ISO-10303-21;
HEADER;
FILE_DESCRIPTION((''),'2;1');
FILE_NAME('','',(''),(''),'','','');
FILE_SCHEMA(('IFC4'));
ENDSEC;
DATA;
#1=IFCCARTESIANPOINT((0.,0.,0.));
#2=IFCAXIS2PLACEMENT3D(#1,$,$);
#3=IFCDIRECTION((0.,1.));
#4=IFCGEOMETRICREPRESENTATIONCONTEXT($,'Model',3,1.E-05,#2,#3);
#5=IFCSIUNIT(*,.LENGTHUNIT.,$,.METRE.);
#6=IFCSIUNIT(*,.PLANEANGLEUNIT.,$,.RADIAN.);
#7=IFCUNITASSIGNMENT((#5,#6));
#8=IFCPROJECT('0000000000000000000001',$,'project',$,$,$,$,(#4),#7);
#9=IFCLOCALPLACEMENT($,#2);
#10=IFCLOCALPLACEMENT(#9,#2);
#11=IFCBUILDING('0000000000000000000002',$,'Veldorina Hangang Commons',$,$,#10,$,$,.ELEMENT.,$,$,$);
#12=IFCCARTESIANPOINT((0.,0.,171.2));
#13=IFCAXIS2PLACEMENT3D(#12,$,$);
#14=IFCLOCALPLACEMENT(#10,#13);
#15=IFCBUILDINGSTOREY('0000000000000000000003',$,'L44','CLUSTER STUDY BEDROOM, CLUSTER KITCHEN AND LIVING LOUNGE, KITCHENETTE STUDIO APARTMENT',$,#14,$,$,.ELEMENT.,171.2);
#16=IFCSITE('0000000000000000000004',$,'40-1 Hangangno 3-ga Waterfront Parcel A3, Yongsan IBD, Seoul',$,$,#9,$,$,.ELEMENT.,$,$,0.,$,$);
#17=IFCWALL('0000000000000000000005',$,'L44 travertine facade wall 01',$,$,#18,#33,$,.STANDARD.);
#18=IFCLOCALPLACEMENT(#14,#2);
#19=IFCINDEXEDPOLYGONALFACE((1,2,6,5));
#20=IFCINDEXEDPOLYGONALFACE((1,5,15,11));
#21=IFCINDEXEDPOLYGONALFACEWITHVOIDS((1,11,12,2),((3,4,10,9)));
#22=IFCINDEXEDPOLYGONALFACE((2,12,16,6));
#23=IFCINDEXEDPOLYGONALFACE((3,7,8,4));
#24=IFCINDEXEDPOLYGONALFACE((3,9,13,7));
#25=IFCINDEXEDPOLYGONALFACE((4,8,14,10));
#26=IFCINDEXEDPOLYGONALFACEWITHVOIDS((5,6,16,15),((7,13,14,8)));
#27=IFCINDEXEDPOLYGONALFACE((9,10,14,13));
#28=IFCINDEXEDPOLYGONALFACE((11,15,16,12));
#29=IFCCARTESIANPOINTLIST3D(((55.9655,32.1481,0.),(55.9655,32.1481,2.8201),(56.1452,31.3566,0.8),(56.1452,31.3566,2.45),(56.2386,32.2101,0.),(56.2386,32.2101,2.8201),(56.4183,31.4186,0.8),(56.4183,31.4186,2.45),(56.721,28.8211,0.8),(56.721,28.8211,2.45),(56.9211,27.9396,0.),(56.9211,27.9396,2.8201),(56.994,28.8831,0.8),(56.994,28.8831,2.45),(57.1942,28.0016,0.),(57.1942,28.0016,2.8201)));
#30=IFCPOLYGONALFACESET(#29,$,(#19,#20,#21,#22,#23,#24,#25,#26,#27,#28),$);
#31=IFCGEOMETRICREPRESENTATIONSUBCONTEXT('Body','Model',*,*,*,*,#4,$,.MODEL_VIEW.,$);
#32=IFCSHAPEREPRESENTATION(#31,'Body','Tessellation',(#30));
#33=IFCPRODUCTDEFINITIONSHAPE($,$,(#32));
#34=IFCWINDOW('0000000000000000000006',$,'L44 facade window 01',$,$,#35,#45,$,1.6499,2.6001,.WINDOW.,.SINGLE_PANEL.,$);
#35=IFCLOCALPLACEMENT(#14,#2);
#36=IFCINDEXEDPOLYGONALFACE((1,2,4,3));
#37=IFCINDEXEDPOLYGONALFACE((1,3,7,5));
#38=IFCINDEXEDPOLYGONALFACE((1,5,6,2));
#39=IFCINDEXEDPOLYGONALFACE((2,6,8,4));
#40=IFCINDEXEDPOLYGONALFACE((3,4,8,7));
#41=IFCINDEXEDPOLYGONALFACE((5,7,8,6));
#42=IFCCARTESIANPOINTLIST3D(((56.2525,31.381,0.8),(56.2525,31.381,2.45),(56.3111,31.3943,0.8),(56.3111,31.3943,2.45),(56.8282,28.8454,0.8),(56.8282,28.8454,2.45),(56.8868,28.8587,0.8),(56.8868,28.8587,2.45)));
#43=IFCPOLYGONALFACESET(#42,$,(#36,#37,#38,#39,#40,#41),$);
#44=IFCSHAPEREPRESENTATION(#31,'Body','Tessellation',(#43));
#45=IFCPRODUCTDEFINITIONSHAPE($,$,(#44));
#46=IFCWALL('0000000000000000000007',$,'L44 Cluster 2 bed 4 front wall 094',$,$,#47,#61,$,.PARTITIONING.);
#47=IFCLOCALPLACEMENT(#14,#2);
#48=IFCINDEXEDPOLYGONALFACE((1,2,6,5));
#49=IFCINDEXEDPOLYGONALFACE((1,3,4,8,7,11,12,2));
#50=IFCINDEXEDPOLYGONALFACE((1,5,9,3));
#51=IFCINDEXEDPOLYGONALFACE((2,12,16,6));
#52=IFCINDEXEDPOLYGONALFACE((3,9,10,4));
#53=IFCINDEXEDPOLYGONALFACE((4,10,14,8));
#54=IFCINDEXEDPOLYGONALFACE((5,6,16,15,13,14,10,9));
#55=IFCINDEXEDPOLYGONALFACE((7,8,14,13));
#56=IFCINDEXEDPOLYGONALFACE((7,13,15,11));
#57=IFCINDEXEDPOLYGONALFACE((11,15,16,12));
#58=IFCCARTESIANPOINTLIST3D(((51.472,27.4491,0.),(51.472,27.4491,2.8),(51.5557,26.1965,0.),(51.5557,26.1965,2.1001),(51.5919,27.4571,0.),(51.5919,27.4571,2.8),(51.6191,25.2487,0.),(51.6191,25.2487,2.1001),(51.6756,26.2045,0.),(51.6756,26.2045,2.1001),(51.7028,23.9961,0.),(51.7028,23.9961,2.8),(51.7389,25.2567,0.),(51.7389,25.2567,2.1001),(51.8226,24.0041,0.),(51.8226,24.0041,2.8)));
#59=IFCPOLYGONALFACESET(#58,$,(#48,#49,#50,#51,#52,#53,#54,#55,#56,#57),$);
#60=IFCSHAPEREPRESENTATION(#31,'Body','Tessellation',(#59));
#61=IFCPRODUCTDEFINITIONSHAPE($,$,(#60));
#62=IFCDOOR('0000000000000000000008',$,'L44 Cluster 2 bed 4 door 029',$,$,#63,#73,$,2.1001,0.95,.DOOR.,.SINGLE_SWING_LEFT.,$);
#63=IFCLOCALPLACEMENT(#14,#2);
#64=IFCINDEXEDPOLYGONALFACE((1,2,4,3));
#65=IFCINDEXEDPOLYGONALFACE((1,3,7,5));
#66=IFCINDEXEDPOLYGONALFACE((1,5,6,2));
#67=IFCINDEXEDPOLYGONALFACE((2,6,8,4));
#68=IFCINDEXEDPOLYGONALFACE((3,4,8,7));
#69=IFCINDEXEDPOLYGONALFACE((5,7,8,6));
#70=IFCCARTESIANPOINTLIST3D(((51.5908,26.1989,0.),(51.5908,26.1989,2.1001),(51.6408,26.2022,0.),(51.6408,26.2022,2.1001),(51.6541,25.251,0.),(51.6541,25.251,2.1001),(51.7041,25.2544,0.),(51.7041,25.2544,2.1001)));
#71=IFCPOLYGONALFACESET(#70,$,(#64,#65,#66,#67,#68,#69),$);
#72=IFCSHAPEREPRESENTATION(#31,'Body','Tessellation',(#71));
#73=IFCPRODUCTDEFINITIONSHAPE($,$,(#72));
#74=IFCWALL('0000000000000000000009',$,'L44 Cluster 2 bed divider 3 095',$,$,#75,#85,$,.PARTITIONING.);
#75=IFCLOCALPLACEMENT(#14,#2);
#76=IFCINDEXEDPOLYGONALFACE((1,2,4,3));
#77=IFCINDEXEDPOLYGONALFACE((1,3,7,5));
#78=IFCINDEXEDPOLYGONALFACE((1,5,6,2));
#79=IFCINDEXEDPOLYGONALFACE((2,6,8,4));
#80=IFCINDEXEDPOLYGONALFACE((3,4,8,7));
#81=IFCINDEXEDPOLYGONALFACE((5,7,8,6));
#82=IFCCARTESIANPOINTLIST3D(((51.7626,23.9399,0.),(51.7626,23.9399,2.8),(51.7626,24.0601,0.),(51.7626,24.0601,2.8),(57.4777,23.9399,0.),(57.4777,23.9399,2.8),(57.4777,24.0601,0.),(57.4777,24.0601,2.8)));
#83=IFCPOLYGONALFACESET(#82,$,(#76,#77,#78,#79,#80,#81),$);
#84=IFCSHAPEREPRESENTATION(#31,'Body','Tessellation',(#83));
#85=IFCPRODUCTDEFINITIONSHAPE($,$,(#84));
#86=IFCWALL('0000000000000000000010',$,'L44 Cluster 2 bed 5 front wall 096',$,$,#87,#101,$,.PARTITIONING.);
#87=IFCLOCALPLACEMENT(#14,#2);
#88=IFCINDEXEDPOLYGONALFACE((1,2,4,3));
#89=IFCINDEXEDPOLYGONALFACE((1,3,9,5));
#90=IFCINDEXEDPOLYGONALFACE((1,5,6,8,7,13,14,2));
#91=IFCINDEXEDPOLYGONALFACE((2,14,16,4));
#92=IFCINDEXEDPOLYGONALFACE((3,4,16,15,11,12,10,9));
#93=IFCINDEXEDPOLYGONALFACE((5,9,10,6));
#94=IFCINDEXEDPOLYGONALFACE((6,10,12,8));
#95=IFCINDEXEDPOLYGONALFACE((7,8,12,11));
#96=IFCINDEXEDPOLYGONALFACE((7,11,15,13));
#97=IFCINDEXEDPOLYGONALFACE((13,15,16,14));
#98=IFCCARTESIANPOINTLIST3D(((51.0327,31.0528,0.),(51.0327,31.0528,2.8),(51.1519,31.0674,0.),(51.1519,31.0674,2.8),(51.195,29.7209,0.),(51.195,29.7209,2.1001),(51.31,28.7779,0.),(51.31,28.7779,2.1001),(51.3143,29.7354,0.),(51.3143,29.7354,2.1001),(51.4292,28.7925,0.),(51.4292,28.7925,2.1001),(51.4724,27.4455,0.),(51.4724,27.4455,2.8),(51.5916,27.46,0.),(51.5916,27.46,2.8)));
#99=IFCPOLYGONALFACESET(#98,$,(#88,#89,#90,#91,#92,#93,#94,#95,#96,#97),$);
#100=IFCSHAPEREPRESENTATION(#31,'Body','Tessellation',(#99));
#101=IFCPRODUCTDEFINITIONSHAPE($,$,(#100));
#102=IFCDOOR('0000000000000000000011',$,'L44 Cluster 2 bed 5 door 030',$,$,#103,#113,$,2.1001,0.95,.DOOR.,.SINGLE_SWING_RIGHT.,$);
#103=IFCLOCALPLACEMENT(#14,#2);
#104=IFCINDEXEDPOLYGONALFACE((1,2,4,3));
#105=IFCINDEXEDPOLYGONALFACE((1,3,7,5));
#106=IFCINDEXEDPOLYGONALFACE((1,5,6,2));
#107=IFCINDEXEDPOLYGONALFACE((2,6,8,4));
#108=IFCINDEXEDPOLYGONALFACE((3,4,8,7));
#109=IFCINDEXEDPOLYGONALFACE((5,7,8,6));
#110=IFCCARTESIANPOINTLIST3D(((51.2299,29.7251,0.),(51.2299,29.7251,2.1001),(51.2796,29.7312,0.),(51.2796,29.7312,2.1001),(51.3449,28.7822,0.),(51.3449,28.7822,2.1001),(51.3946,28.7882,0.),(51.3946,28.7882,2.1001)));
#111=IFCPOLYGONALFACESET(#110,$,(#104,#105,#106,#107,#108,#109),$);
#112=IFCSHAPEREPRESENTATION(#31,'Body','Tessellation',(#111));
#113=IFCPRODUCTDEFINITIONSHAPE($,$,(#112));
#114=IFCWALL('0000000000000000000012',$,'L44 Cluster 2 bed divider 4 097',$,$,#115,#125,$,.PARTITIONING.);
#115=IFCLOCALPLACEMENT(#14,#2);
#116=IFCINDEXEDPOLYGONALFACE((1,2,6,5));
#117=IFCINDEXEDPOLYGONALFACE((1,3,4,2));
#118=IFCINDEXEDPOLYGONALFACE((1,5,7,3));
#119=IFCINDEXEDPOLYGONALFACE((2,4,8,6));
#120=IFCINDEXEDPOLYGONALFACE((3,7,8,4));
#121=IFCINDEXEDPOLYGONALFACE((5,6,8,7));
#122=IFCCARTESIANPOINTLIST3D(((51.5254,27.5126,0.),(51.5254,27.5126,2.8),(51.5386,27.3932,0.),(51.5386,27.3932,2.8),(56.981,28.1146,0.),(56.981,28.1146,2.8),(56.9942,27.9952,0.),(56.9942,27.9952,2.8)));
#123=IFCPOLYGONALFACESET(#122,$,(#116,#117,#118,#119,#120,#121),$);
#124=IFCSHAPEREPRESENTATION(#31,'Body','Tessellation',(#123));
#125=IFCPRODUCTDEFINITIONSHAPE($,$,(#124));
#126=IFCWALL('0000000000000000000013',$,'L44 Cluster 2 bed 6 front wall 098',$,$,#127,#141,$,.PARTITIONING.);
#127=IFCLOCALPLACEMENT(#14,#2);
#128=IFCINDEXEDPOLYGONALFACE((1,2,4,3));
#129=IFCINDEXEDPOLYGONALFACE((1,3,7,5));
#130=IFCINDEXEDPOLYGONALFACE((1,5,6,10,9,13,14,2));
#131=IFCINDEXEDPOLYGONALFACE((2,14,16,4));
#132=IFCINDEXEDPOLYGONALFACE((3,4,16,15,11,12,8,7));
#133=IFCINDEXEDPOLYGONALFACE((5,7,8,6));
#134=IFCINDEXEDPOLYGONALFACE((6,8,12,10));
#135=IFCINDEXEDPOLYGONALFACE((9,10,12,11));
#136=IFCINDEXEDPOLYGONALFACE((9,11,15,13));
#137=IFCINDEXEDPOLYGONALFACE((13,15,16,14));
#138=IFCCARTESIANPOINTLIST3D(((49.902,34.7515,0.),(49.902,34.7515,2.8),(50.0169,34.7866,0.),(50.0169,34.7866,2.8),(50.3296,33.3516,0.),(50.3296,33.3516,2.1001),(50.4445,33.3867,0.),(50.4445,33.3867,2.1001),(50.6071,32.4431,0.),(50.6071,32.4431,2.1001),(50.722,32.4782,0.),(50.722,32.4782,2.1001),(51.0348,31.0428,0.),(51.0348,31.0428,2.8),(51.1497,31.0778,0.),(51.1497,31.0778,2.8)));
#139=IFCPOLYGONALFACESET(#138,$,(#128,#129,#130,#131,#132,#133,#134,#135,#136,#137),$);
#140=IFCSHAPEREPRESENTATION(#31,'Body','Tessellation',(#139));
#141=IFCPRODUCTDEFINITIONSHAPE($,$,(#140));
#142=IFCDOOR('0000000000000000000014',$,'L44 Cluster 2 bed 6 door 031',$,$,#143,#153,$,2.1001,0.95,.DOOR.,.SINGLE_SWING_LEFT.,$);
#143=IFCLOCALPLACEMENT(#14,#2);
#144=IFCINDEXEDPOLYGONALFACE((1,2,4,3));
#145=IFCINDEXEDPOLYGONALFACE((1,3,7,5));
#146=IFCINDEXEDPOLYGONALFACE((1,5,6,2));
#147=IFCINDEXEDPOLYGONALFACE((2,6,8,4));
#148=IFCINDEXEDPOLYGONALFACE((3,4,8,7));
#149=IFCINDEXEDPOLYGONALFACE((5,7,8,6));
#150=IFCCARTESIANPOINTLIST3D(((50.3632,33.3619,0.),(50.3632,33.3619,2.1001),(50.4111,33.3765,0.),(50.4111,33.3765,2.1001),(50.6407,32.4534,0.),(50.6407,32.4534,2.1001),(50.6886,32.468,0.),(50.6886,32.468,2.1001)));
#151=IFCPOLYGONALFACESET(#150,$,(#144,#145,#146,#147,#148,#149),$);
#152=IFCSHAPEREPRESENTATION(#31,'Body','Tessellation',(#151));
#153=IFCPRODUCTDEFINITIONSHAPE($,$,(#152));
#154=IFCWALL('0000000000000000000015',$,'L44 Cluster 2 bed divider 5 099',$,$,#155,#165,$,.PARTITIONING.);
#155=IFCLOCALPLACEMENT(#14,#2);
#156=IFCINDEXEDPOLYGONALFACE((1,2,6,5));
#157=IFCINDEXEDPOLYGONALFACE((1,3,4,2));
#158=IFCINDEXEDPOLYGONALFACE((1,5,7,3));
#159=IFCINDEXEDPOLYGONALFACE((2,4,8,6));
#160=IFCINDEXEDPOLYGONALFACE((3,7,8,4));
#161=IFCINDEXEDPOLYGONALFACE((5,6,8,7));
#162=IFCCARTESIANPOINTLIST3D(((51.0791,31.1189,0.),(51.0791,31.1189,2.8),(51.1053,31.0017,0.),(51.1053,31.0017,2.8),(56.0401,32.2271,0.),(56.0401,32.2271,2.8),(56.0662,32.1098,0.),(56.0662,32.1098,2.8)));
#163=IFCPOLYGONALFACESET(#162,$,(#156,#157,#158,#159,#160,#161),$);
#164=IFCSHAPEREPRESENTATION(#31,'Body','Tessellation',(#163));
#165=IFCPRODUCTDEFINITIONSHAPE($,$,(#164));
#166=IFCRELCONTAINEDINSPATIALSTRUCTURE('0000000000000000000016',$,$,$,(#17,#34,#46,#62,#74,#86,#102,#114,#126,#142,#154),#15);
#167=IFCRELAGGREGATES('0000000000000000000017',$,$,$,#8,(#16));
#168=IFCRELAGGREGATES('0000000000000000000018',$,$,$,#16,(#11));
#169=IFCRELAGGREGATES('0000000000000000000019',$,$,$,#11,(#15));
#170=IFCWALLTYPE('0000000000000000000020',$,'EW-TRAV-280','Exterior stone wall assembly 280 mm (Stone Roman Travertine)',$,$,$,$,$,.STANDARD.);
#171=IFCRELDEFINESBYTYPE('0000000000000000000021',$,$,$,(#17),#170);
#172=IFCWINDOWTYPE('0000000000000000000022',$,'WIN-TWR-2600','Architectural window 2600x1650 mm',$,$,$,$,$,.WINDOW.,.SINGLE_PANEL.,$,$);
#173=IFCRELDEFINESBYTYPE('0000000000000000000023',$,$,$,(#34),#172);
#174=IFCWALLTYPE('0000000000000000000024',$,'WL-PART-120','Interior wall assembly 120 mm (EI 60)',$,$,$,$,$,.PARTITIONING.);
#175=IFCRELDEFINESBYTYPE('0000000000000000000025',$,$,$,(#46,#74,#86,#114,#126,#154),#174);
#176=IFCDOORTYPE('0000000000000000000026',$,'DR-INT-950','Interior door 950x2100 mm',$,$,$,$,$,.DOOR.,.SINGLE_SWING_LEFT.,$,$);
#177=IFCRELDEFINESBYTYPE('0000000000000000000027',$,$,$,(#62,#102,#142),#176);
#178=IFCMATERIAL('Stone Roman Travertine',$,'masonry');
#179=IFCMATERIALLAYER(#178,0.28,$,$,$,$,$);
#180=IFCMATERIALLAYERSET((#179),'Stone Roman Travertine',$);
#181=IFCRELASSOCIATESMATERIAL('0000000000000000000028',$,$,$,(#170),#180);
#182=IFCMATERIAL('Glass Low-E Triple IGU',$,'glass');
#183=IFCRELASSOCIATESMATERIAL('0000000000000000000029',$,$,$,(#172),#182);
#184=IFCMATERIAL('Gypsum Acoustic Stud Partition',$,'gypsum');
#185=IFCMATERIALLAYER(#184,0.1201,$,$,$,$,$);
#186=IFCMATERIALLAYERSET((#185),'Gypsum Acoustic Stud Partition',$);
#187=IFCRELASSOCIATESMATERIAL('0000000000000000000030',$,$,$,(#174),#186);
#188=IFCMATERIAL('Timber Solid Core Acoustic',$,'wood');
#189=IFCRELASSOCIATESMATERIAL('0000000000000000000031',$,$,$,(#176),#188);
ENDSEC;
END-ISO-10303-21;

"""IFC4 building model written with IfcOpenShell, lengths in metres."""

from ifc_helpers import new_model, si_unit, direction, frame, frame_2d, origin, place, context, subcontext, project, spatial, rectangle, extrude, material, layer, layer_set, type_object, element, fill, save


model = new_model("IFC4")

# Units and contexts
model_context = context("Model", 3, precision=1e-05, world=origin(), true_north=direction((0.0, 1.0)))
body_context = subcontext(model_context, "Body", "Model", "MODEL_VIEW")
ifc_project = project(units=[si_unit("LENGTHUNIT", "METRE"), si_unit("PLANEANGLEUNIT", "RADIAN")], contexts=[model_context])

# Site, building, storey
site_placement = place(None, origin())
site = spatial("IfcSite", under=ifc_project, at=site_placement, Name="40-1 Hangangno 3-ga Waterfront Parcel A3, Yongsan IBD, Seoul", CompositionType="ELEMENT", RefElevation=0.0)
building_placement = place(site_placement, origin())
building = spatial("IfcBuilding", under=site, at=building_placement, Name="Veldorina Hangang Commons", CompositionType="ELEMENT")
storey_placement = place(building_placement, frame((0.0, 0.0, 171.2)))
storey = spatial("IfcBuildingStorey", under=building, at=storey_placement, Name="L44", Description="CLUSTER STUDY BEDROOM, CLUSTER KITCHEN AND LIVING LOUNGE, KITCHENETTE STUDIO APARTMENT", CompositionType="ELEMENT", Elevation=171.2)

# Shared definitions
ifc_material_1 = material(Name="Glass Low-E Triple IGU", Category="glass")

# Wall, opening, window
ifc_material_2 = material(Name="Stone Roman Travertine", Category="masonry")
ifc_layer_1 = layer(ifc_material_2, 0.28)
ifc_layer_set_1 = layer_set([ifc_layer_1], Name="Stone Roman Travertine")
wall_type_1 = type_object("IfcWallType", Name="EW-TRAV-280", Description="Exterior stone wall assembly 280 mm (Stone Roman Travertine)", PredefinedType="STANDARD", material=ifc_layer_set_1)
wall_1_placement = place(storey_placement, frame((57.0576, 27.9707, 0.0), z_axis=(0.0, 0.0, 1.0), x_axis=(-0.221421, 0.975178, 0.0)))
wall_1 = element("IfcWall", 1, at=wall_1_placement, inside=storey, type_object=wall_type_1, Name="L44 travertine facade wall 01", PredefinedType="STANDARD", context=body_context, shape_type="SweptSolid", body=[
    extrude(rectangle(XDim=4.3157, YDim=0.28, at=frame_2d((2.1577, 0.0))), origin(), (0.0, 0.0, 1.0), 2.8201),
])
opening_1_placement = place(wall_1_placement, frame((0.9038, 0.0, 0.8)))
opening_1 = element("IfcOpeningElement", 2, at=opening_1_placement, cuts=wall_1, PredefinedType="OPENING", context=body_context, shape_type="SweptSolid", body=[
    extrude(rectangle(XDim=2.6001, YDim=1.6499, at=frame_2d((1.3, 0.825))), frame((0.0, 0.1499, 0.0), z_axis=(0.0, -1.0, 0.0), x_axis=(1.0, 0.0, 0.0)), (0.0, 0.0, 1.0), 0.3),
])
window_type = type_object("IfcWindowType", Name="WIN-TWR-2600", Description="Architectural window 2600x1650 mm", PartitioningType="SINGLE_PANEL", PredefinedType="WINDOW", material=ifc_material_1)
window_placement = place(opening_1_placement, origin())
window = element("IfcWindow", 3, at=window_placement, inside=storey, type_object=window_type, Name="L44 facade window 01", OverallHeight=1.6499, OverallWidth=2.6001, PartitioningType="SINGLE_PANEL", PredefinedType="WINDOW", context=body_context, shape_type="SweptSolid", body=[
    extrude(rectangle(XDim=2.6001, YDim=1.6499, at=frame_2d((1.3, 0.825))), frame((0.0, 0.03, 0.0), z_axis=(0.0, -1.0, 0.0), x_axis=(1.0, 0.0, 0.0)), (0.0, 0.0, 1.0), 0.0601),
])
fill(opening_1, window)

# Wall, opening, door
ifc_material_3 = material(Name="Gypsum Acoustic Stud Partition", Category="gypsum")
ifc_layer_2 = layer(ifc_material_3, 0.1201)
ifc_layer_set_2 = layer_set([ifc_layer_2], Name="Gypsum Acoustic Stud Partition")
wall_type_2 = type_object("IfcWallType", Name="WL-PART-120", Description="Interior wall assembly 120 mm (EI 60)", PredefinedType="PARTITIONING", material=ifc_layer_set_2)
wall_2_placement = place(storey_placement, frame((51.7627, 24.0, 0.0), z_axis=(0.0, 0.0, 1.0), x_axis=(-0.066669, 0.997775, 0.0)))
wall_2 = element("IfcWall", 4, at=wall_2_placement, inside=storey, type_object=wall_type_2, Name="L44 Cluster 2 bed 4 front wall 094", PredefinedType="PARTITIONING", context=body_context, shape_type="SweptSolid", body=[
    extrude(rectangle(XDim=3.4607, YDim=0.1201, at=frame_2d((1.7305, 0.0))), origin(), (0.0, 0.0, 1.0), 2.8),
])
opening_2_placement = place(wall_2_placement, frame((1.2554, 0.0, 0.0)))
opening_2 = element("IfcOpeningElement", 5, at=opening_2_placement, cuts=wall_2, PredefinedType="OPENING", context=body_context, shape_type="SweptSolid", body=[
    extrude(rectangle(XDim=0.95, YDim=2.1001, at=frame_2d((0.4751, 1.05))), frame((0.0, 0.0701, 0.0), z_axis=(0.0, -1.0, 0.0), x_axis=(1.0, 0.0, 0.0)), (0.0, 0.0, 1.0), 0.1401),
])
ifc_material_4 = material(Name="Timber Solid Core Acoustic", Category="wood")
door_type = type_object("IfcDoorType", Name="DR-INT-950", Description="Interior door 950x2100 mm", OperationType="SINGLE_SWING_LEFT", PredefinedType="DOOR", material=ifc_material_4)
door_1_placement = place(opening_2_placement, origin())
door_1 = element("IfcDoor", 6, at=door_1_placement, inside=storey, type_object=door_type, Name="L44 Cluster 2 bed 4 door 029", OperationType="SINGLE_SWING_LEFT", OverallHeight=2.1001, OverallWidth=0.95, PredefinedType="DOOR", context=body_context, shape_type="SweptSolid", body=[
    extrude(rectangle(XDim=0.95, YDim=2.1001, at=frame_2d((0.4751, 1.05))), frame((0.0, 0.0249, 0.0), z_axis=(0.0, -1.0, 0.0), x_axis=(1.0, 0.0, 0.0)), (0.0, 0.0, 1.0), 0.05),
])
fill(opening_2, door_1)

# Wall
wall_3_placement = place(storey_placement, frame((51.7627, 24.0, 0.0), z_axis=(0.0, 0.0, 1.0), x_axis=(1.0, 0.0, 0.0)))
element("IfcWall", 7, at=wall_3_placement, inside=storey, type_object=wall_type_2, Name="L44 Cluster 2 bed divider 3 095", PredefinedType="PARTITIONING", context=body_context, shape_type="SweptSolid", body=[
    extrude(rectangle(XDim=5.7151, YDim=0.1201, at=frame_2d((2.8574, 0.0))), origin(), (0.0, 0.0, 1.0), 2.8),
])

# Wall, opening, door
wall_4_placement = place(storey_placement, frame((51.532, 27.4529, 0.0), z_axis=(0.0, 0.0, 1.0), x_axis=(-0.120991, 0.992654, 0.0)))
wall_4 = element("IfcWall", 8, at=wall_4_placement, inside=storey, type_object=wall_type_2, Name="L44 Cluster 2 bed 5 front wall 096", PredefinedType="PARTITIONING", context=body_context, shape_type="SweptSolid", body=[
    extrude(rectangle(XDim=3.634, YDim=0.1201, at=frame_2d((1.8169, 0.0))), origin(), (0.0, 0.0, 1.0), 2.8),
])
opening_3_placement = place(wall_4_placement, frame((1.342, 0.0, 0.0)))
opening_3 = element("IfcOpeningElement", 9, at=opening_3_placement, cuts=wall_4, PredefinedType="OPENING", context=body_context, shape_type="SweptSolid", body=[
    extrude(rectangle(XDim=0.95, YDim=2.1001, at=frame_2d((0.4751, 1.05))), frame((0.0, 0.0701, 0.0), z_axis=(0.0, -1.0, 0.0), x_axis=(1.0, 0.0, 0.0)), (0.0, 0.0, 1.0), 0.1401),
])
door_2_placement = place(opening_3_placement, origin())
door_2 = element("IfcDoor", 10, at=door_2_placement, inside=storey, type_object=door_type, Name="L44 Cluster 2 bed 5 door 030", OperationType="SINGLE_SWING_RIGHT", OverallHeight=2.1001, OverallWidth=0.95, PredefinedType="DOOR", context=body_context, shape_type="SweptSolid", body=[
    extrude(rectangle(XDim=0.95, YDim=2.1001, at=frame_2d((0.4751, 1.05))), frame((0.0, 0.0249, 0.0), z_axis=(0.0, -1.0, 0.0), x_axis=(1.0, 0.0, 0.0)), (0.0, 0.0, 1.0), 0.05),
])
fill(opening_3, door_2)

# Wall
wall_5_placement = place(storey_placement, frame((51.532, 27.4529, 0.0), z_axis=(0.0, 0.0, 1.0), x_axis=(0.993966, 0.109689, 0.0)))
element("IfcWall", 11, at=wall_5_placement, inside=storey, type_object=wall_type_2, Name="L44 Cluster 2 bed divider 4 097", PredefinedType="PARTITIONING", context=body_context, shape_type="SweptSolid", body=[
    extrude(rectangle(XDim=5.4888, YDim=0.1201, at=frame_2d((2.7444, 0.0))), origin(), (0.0, 0.0, 1.0), 2.8),
])

# Wall, opening, door
wall_6_placement = place(storey_placement, frame((51.0923, 31.0603, 0.0), z_axis=(0.0, 0.0, 1.0), x_axis=(-0.292121, 0.956381, 0.0)))
wall_6 = element("IfcWall", 12, at=wall_6_placement, inside=storey, type_object=wall_type_2, Name="L44 Cluster 2 bed 6 front wall 098", PredefinedType="PARTITIONING", context=body_context, shape_type="SweptSolid", body=[
    extrude(rectangle(XDim=3.8779, YDim=0.1201, at=frame_2d((1.939, 0.0))), origin(), (0.0, 0.0, 1.0), 2.8),
])
opening_4_placement = place(wall_6_placement, frame((1.4641, 0.0, 0.0)))
opening_4 = element("IfcOpeningElement", 13, at=opening_4_placement, cuts=wall_6, PredefinedType="OPENING", context=body_context, shape_type="SweptSolid", body=[
    extrude(rectangle(XDim=0.95, YDim=2.1001, at=frame_2d((0.4751, 1.05))), frame((0.0, 0.0701, 0.0), z_axis=(0.0, -1.0, 0.0), x_axis=(1.0, 0.0, 0.0)), (0.0, 0.0, 1.0), 0.1401),
])
door_3_placement = place(opening_4_placement, origin())
door_3 = element("IfcDoor", 14, at=door_3_placement, inside=storey, type_object=door_type, Name="L44 Cluster 2 bed 6 door 031", OperationType="SINGLE_SWING_LEFT", OverallHeight=2.1001, OverallWidth=0.95, PredefinedType="DOOR", context=body_context, shape_type="SweptSolid", body=[
    extrude(rectangle(XDim=0.95, YDim=2.1001, at=frame_2d((0.4751, 1.05))), frame((0.0, 0.0249, 0.0), z_axis=(0.0, -1.0, 0.0), x_axis=(1.0, 0.0, 0.0)), (0.0, 0.0, 1.0), 0.05),
])
fill(opening_4, door_3)

# Wall
wall_7_placement = place(storey_placement, frame((51.0923, 31.0603, 0.0), z_axis=(0.0, 0.0, 1.0), x_axis=(0.975948, 0.218003, 0.0)))
element("IfcWall", 15, at=wall_7_placement, inside=storey, type_object=wall_type_2, Name="L44 Cluster 2 bed divider 5 099", PredefinedType="PARTITIONING", context=body_context, shape_type="SweptSolid", body=[
    extrude(rectangle(XDim=5.0833, YDim=0.1201, at=frame_2d((2.5415, 0.0))), origin(), (0.0, 0.0, 1.0), 2.8),
])

save(model, "model.ifc")
